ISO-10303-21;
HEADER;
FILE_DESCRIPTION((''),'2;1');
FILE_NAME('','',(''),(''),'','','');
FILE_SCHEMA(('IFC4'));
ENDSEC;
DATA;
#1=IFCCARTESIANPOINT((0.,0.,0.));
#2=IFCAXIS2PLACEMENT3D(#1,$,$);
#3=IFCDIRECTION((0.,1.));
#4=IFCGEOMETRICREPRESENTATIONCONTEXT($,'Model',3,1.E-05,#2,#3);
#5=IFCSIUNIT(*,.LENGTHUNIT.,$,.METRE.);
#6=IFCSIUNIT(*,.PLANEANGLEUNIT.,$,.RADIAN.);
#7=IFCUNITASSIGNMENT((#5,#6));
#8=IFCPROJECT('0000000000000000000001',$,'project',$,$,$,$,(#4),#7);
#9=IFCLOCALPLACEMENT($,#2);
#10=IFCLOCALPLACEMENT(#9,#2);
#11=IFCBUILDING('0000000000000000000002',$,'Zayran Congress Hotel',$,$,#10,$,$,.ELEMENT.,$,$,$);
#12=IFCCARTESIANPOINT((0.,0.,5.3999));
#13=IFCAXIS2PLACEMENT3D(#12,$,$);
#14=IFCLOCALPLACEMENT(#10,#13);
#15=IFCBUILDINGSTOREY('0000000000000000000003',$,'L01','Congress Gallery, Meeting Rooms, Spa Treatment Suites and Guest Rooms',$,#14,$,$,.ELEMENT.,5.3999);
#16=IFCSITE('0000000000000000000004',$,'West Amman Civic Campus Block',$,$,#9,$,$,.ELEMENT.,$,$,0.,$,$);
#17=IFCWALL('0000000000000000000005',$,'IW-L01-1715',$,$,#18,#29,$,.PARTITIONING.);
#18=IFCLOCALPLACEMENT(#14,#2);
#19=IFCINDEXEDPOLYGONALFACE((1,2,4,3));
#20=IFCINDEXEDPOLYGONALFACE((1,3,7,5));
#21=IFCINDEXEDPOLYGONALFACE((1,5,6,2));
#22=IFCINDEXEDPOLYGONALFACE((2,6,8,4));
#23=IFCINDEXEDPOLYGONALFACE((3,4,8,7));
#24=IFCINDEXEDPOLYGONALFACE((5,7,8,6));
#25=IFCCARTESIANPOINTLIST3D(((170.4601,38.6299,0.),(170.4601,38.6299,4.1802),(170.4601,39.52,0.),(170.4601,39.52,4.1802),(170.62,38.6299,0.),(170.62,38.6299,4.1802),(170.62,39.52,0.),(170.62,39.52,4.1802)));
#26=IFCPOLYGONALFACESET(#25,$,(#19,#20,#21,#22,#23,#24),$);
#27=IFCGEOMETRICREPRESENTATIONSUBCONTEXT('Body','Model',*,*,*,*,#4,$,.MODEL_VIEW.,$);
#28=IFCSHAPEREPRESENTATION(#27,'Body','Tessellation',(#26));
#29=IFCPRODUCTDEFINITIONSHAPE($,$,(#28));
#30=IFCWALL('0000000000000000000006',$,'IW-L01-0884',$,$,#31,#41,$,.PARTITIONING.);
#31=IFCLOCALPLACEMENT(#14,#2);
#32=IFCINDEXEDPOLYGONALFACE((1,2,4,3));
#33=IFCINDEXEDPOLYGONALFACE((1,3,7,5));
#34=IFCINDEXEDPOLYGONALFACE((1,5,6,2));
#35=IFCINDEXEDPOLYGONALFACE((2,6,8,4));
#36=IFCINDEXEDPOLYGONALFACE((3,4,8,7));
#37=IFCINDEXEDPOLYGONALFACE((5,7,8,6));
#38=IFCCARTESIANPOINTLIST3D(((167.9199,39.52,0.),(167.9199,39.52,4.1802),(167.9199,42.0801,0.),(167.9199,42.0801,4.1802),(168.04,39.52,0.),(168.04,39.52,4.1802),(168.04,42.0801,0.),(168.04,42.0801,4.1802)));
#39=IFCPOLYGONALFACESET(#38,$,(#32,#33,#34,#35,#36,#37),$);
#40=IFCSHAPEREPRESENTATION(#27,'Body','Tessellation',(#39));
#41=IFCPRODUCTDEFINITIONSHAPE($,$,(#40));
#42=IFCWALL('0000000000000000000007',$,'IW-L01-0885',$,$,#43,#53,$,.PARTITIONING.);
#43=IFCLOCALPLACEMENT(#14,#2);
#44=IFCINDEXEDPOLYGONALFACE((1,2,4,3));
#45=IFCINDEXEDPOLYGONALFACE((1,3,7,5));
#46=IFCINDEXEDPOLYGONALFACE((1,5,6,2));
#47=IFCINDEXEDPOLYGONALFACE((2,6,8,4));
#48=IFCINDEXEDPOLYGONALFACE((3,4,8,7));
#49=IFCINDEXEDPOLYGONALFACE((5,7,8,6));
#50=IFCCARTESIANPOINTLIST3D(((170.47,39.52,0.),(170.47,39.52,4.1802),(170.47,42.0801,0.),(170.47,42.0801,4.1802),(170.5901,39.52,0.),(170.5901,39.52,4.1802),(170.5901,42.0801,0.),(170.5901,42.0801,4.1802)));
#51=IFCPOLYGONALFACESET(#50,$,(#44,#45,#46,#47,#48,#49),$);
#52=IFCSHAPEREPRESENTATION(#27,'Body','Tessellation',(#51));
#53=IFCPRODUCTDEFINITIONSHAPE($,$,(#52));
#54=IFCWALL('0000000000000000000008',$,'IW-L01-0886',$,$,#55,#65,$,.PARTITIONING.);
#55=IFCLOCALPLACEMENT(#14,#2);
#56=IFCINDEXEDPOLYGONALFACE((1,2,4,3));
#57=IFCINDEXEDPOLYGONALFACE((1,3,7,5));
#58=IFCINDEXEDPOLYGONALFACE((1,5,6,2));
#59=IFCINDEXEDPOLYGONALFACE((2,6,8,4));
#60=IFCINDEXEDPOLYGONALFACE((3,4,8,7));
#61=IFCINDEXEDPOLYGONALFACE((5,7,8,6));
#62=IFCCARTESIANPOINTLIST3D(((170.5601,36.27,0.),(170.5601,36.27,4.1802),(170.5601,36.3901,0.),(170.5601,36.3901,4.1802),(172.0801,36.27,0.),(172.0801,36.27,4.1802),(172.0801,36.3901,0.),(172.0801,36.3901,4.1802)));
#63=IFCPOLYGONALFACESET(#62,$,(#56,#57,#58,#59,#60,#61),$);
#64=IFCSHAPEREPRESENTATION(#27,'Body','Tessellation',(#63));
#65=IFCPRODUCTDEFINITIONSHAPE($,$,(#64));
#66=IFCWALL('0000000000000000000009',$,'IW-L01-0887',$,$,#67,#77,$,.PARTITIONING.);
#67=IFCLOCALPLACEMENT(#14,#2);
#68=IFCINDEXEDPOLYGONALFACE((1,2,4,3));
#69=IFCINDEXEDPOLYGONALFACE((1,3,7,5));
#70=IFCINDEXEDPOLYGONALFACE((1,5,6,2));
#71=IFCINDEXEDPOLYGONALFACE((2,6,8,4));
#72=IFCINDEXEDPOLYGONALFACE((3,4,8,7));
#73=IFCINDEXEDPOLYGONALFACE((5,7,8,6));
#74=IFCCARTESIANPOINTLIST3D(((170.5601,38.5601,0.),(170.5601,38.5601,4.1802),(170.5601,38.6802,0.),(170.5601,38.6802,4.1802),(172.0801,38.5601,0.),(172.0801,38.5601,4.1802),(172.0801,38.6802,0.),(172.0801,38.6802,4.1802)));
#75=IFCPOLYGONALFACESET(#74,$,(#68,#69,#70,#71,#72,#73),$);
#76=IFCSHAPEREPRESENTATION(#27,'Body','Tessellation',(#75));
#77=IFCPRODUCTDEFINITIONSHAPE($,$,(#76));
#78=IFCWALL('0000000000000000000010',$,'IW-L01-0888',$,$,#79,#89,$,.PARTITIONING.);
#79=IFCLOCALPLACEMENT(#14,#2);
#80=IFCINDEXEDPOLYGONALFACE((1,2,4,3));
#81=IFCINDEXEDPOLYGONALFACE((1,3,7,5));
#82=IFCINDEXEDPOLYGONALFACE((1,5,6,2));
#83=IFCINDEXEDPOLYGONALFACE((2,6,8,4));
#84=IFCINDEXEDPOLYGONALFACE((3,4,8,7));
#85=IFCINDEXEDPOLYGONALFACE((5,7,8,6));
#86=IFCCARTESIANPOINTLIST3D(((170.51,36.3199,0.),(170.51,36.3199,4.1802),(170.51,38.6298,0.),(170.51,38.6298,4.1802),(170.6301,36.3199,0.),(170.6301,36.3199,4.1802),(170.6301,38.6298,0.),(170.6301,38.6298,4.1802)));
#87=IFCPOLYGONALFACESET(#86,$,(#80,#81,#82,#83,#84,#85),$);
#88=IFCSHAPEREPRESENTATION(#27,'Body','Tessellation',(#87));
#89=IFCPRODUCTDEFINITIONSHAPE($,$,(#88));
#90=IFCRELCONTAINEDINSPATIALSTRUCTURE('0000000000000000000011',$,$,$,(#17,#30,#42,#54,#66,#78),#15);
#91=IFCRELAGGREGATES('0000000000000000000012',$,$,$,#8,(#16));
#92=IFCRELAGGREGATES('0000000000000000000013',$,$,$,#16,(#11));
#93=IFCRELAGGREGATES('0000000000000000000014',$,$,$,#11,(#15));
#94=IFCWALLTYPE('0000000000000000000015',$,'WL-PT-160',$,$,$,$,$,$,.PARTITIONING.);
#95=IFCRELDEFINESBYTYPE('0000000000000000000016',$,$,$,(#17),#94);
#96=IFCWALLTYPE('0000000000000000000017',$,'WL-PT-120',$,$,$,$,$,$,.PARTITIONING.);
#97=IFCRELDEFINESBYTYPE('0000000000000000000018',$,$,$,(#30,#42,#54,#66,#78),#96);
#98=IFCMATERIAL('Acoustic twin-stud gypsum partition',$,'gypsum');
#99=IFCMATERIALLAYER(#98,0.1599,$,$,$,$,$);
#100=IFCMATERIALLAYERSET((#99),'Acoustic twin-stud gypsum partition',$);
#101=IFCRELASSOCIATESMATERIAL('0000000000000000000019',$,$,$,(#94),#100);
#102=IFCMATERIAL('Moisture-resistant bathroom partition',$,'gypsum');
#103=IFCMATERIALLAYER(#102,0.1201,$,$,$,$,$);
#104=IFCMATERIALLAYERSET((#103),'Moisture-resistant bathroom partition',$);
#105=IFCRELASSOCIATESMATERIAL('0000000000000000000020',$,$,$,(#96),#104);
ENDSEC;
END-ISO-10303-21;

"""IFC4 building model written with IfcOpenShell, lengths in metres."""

from ifc_helpers import new_model, si_unit, direction, frame, frame_2d, origin, place, context, subcontext, project, spatial, rectangle, extrude, material, layer, layer_set, type_object, element, save


model = new_model("IFC4")

# Units and contexts
model_context = context("Model", 3, precision=1e-05, world=origin(), true_north=direction((0.0, 1.0)))
body_context = subcontext(model_context, "Body", "Model", "MODEL_VIEW")
ifc_project = project(units=[si_unit("LENGTHUNIT", "METRE"), si_unit("PLANEANGLEUNIT", "RADIAN")], contexts=[model_context])

# Site, building, storey
site_placement = place(None, origin())
site = spatial("IfcSite", under=ifc_project, at=site_placement, Name="West Amman Civic Campus Block", CompositionType="ELEMENT", RefElevation=0.0)
building_placement = place(site_placement, origin())
building = spatial("IfcBuilding", under=site, at=building_placement, Name="Zayran Congress Hotel", CompositionType="ELEMENT")
storey_placement = place(building_placement, frame((0.0, 0.0, 5.3999)))
storey = spatial("IfcBuildingStorey", under=building, at=storey_placement, Name="L01", Description="Congress Gallery, Meeting Rooms, Spa Treatment Suites and Guest Rooms", CompositionType="ELEMENT", Elevation=5.3999)

# Shared definitions
ifc_material_1 = material(Name="Acoustic twin-stud gypsum partition", Category="gypsum")
ifc_layer_1 = layer(ifc_material_1, 0.1599)
ifc_layer_set_1 = layer_set([ifc_layer_1], Name="Acoustic twin-stud gypsum partition")
wall_type_1 = type_object("IfcWallType", Name="WL-PT-160", PredefinedType="PARTITIONING", material=ifc_layer_set_1)

# Wall
wall_1_placement = place(storey_placement, frame((170.54, 38.6299, 0.0), z_axis=(0.0, 0.0, 1.0), x_axis=(0.0, 1.0, 0.0)))
element("IfcWall", 1, at=wall_1_placement, inside=storey, type_object=wall_type_1, Name="IW-L01-1715", PredefinedType="PARTITIONING", context=body_context, shape_type="SweptSolid", body=[
    extrude(rectangle(XDim=0.8901, YDim=0.1599, at=frame_2d((0.4451, 0.0))), origin(), (0.0, 0.0, 1.0), 4.1802),
])

# Shared definitions
ifc_material_2 = material(Name="Moisture-resistant bathroom partition", Category="gypsum")
ifc_layer_2 = layer(ifc_material_2, 0.1201)
ifc_layer_set_2 = layer_set([ifc_layer_2], Name="Moisture-resistant bathroom partition")
wall_type_2 = type_object("IfcWallType", Name="WL-PT-120", PredefinedType="PARTITIONING", material=ifc_layer_set_2)

# Walls
for number, where, z_axis, x_axis, name in (
    (2, (167.98, 39.52, 0.0), (0.0, 0.0, 1.0), (0.0, 1.0, 0.0), "IW-L01-0884"),
    (3, (170.53, 39.52, 0.0), (0.0, 0.0, 1.0), (0.0, 1.0, 0.0), "IW-L01-0885"),
):
    element("IfcWall", number, at=place(storey_placement, frame(where, z_axis=z_axis, x_axis=x_axis)), inside=storey, type_object=wall_type_2, Name=name, PredefinedType="PARTITIONING", context=body_context, shape_type="SweptSolid", body=[
        extrude(rectangle(XDim=2.5601, YDim=0.1201, at=frame_2d((1.28, 0.0))), origin(), (0.0, 0.0, 1.0), 4.1802),
    ])
for number, where, z_axis, x_axis, name in (
    (4, (170.5601, 36.3301, 0.0), (0.0, 0.0, 1.0), (1.0, 0.0, 0.0), "IW-L01-0886"),
    (5, (170.5601, 38.6201, 0.0), (0.0, 0.0, 1.0), (1.0, 0.0, 0.0), "IW-L01-0887"),
):
    element("IfcWall", number, at=place(storey_placement, frame(where, z_axis=z_axis, x_axis=x_axis)), inside=storey, type_object=wall_type_2, Name=name, PredefinedType="PARTITIONING", context=body_context, shape_type="SweptSolid", body=[
        extrude(rectangle(XDim=1.52, YDim=0.1201, at=frame_2d((0.76, 0.0))), origin(), (0.0, 0.0, 1.0), 4.1802),
    ])
wall_2_placement = place(storey_placement, frame((170.5701, 36.3201, 0.0), z_axis=(0.0, 0.0, 1.0), x_axis=(0.0, 1.0, 0.0)))
element("IfcWall", 6, at=wall_2_placement, inside=storey, type_object=wall_type_2, Name="IW-L01-0888", PredefinedType="PARTITIONING", context=body_context, shape_type="SweptSolid", body=[
    extrude(rectangle(XDim=2.3098, YDim=0.1201, at=frame_2d((1.1548, 0.0))), origin(), (0.0, 0.0, 1.0), 4.1802),
])

save(model, "model.ifc")
